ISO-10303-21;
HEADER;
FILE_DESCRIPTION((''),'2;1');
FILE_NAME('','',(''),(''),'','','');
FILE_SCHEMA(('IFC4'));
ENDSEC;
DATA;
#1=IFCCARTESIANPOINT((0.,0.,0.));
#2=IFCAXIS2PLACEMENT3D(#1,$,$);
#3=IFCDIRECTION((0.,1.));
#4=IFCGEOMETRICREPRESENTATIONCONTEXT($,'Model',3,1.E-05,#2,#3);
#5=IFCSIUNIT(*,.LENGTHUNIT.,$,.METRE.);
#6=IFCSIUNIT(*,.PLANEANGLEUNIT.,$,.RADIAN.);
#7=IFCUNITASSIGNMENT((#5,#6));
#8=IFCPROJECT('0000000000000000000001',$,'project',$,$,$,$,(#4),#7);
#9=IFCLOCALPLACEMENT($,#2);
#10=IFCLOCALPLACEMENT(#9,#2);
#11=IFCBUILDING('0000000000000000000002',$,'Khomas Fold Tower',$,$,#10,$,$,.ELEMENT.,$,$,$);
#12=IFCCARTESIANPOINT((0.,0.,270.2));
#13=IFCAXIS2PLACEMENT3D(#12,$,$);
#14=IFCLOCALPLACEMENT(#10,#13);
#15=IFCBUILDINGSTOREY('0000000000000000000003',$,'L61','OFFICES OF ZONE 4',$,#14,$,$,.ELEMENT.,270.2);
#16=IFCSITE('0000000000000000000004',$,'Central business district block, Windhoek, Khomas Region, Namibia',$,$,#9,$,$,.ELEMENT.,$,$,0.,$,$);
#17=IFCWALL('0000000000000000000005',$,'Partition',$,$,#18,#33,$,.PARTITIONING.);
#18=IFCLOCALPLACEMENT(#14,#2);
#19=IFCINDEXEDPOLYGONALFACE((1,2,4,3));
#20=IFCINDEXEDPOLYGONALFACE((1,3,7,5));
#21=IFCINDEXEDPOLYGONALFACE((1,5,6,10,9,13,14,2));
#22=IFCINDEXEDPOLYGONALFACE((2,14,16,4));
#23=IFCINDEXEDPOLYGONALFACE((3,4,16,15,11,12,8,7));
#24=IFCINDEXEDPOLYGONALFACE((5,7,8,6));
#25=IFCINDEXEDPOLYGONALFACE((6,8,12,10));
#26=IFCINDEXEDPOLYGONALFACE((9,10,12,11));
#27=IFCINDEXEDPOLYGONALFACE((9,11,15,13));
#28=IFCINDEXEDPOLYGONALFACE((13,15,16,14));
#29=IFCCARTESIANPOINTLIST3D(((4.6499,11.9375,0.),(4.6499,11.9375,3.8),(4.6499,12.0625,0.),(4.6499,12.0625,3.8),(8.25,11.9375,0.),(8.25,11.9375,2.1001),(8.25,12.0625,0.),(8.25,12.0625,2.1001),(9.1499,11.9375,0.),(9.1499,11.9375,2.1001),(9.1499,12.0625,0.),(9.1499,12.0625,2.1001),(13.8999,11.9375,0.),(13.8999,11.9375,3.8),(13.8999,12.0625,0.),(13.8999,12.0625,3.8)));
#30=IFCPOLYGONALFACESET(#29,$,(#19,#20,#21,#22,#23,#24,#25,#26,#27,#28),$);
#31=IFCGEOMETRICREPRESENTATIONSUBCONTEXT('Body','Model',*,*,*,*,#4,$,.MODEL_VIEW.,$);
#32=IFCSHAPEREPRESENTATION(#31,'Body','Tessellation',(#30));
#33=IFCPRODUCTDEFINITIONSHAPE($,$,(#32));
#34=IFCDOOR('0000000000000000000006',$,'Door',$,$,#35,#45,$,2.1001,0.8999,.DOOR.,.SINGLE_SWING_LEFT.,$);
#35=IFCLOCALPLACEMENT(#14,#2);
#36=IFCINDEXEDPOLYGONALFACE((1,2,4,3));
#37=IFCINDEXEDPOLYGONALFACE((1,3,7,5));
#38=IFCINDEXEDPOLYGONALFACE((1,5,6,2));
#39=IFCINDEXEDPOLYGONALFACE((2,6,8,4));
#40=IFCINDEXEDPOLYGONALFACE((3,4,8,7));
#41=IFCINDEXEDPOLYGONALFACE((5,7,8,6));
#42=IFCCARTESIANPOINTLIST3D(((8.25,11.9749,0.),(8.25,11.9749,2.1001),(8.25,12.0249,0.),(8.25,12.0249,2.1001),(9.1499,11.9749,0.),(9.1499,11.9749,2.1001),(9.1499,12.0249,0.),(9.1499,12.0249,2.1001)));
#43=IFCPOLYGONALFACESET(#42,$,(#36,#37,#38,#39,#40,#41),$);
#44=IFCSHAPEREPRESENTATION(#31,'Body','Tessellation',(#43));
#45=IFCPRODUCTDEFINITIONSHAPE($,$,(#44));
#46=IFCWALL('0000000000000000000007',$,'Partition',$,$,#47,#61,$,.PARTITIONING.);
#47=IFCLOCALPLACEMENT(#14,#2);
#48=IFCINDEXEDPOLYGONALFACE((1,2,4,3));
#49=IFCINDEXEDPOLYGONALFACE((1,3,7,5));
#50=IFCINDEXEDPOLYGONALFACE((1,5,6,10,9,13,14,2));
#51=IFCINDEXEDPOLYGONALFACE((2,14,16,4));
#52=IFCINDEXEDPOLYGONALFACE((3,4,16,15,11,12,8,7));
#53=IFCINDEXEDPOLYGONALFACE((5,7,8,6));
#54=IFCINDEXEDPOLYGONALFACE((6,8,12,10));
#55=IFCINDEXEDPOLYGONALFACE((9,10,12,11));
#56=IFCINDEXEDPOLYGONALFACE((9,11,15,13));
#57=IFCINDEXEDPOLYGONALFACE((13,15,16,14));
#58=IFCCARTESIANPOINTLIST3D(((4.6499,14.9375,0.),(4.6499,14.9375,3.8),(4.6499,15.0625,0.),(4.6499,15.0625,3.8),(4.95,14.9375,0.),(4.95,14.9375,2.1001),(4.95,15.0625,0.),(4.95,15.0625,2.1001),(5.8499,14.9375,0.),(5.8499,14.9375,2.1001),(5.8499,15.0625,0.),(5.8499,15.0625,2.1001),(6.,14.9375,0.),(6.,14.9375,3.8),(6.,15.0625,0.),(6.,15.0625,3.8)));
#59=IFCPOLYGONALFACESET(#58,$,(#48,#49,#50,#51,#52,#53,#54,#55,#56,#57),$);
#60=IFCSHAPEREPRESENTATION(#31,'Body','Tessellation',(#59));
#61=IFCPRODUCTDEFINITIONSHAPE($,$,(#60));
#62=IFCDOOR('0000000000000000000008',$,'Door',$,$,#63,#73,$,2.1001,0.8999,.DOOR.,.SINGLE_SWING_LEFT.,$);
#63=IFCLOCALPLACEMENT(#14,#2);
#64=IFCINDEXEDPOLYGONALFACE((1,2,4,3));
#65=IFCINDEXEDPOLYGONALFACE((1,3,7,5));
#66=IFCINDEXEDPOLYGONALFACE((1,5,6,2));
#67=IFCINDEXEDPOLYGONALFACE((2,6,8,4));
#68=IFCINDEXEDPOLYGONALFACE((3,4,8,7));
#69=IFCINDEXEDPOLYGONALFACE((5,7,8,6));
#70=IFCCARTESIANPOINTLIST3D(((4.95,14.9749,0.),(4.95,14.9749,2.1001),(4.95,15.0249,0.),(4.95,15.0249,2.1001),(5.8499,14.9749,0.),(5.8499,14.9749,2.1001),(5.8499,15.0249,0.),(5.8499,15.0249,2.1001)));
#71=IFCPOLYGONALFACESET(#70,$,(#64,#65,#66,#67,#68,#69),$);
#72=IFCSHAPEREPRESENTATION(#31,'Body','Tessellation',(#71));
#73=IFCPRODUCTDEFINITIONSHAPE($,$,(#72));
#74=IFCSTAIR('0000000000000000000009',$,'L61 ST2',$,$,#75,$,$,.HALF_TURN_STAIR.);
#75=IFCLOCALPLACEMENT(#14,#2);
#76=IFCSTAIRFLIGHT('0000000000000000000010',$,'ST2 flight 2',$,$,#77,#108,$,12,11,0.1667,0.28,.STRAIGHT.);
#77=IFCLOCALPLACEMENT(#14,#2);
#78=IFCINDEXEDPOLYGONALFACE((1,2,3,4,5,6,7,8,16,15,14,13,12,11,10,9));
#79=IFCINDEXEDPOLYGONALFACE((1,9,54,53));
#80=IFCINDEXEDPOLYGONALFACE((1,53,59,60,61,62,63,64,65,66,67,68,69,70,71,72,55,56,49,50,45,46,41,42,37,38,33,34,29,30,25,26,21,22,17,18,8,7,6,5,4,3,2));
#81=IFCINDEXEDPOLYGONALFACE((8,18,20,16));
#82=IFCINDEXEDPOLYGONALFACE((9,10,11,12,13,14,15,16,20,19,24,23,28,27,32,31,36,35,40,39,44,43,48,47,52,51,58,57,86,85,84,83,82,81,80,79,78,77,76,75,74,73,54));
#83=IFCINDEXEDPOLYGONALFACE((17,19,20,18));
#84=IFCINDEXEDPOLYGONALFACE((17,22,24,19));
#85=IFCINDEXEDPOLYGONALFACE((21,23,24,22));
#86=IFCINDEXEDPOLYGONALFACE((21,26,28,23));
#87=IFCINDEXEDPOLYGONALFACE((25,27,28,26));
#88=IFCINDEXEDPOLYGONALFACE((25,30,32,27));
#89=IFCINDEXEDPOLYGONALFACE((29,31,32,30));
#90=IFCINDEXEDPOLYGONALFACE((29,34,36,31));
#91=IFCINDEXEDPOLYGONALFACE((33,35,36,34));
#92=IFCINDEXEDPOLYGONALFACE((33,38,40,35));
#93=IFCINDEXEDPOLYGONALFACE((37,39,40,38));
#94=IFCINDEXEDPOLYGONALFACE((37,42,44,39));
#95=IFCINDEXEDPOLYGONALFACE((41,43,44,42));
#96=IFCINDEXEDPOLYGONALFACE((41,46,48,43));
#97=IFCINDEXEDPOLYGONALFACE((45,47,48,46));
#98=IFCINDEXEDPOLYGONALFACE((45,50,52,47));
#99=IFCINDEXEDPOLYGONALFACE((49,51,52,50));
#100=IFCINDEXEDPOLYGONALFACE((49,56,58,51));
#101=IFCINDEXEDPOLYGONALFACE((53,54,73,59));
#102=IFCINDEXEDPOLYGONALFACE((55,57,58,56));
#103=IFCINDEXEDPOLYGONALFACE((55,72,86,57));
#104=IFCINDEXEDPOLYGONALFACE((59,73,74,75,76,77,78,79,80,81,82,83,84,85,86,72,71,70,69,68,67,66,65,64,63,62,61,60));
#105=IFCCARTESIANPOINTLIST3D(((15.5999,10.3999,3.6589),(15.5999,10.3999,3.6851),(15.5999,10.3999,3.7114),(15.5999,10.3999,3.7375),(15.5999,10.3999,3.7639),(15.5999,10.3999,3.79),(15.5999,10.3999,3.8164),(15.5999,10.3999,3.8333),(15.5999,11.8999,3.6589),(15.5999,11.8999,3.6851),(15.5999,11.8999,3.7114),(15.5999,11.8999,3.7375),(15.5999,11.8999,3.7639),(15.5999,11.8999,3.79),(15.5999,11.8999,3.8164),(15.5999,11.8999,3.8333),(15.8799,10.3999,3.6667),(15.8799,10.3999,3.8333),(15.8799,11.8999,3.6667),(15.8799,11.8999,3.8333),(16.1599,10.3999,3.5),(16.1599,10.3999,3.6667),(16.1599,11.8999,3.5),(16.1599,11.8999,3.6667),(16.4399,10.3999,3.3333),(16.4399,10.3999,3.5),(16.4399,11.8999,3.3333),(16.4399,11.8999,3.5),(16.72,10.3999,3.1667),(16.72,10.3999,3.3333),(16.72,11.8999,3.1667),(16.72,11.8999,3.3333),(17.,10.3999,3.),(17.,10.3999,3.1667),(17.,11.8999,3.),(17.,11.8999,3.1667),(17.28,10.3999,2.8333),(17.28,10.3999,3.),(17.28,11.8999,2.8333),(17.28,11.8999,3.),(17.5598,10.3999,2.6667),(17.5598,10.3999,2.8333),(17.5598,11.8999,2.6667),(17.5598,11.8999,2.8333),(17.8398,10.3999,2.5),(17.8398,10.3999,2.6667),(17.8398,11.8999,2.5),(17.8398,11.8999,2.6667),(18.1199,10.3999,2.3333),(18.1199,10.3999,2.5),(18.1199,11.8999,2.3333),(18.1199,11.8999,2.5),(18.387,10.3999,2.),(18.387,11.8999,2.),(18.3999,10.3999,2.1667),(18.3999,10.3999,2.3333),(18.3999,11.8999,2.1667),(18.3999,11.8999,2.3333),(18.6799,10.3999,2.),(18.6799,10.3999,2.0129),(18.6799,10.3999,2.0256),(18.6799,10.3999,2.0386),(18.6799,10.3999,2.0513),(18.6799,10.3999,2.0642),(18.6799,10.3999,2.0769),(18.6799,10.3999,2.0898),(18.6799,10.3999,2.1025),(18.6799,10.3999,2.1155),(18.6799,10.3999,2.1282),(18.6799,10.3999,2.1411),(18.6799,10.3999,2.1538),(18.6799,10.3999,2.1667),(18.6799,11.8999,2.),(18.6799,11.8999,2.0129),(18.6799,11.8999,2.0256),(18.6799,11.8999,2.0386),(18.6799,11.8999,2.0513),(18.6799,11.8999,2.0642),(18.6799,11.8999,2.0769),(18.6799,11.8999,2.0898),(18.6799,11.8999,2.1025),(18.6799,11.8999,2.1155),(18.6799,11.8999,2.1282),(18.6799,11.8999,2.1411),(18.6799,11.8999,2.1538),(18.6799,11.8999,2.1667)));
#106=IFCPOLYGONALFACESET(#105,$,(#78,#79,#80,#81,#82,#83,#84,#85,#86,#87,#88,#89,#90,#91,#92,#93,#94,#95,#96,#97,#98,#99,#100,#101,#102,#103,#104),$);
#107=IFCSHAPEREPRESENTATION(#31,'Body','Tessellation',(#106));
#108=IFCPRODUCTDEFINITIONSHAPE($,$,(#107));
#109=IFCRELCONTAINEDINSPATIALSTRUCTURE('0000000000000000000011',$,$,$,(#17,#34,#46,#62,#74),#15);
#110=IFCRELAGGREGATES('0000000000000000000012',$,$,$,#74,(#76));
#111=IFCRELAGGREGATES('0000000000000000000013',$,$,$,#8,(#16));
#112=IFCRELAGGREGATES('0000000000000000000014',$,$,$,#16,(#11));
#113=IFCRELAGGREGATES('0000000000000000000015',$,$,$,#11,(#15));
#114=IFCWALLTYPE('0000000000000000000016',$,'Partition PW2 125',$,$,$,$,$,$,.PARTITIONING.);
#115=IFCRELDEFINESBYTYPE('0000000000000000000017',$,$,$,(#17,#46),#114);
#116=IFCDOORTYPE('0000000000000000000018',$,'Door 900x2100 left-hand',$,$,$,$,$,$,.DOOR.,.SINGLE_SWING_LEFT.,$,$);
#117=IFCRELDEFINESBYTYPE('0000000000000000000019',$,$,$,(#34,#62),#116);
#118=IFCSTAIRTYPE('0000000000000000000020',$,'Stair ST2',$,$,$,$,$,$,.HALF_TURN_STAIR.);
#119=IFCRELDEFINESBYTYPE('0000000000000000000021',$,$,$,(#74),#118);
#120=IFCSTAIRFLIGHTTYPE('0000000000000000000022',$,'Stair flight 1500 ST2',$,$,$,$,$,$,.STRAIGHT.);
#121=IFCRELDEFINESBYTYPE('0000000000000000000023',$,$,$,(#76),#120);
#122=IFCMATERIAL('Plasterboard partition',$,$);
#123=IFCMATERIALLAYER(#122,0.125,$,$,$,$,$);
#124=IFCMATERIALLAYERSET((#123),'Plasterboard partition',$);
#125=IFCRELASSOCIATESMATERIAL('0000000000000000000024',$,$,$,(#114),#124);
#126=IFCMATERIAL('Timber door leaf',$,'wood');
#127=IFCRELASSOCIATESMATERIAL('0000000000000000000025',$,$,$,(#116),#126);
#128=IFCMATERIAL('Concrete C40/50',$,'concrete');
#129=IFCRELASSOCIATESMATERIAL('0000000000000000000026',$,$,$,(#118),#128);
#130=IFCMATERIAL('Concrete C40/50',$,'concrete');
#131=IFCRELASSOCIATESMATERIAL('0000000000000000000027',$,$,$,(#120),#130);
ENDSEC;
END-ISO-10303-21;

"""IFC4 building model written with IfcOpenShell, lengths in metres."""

from ifc_helpers import new_model, si_unit, direction, frame, frame_2d, origin, place, context, subcontext, project, spatial, polyline, rectangle, outline, extrude, source, transform, mapped, material, layer, layer_set, type_object, element, fill, aggregate, save


model = new_model("IFC4")

# Units and contexts
model_context = context("Model", 3, precision=1e-05, world=origin(), true_north=direction((0.0, 1.0)))
body_context = subcontext(model_context, "Body", "Model", "MODEL_VIEW")
ifc_project = project(units=[si_unit("LENGTHUNIT", "METRE"), si_unit("PLANEANGLEUNIT", "RADIAN")], contexts=[model_context])

# Site, building, storey
site_placement = place(None, origin())
site = spatial("IfcSite", under=ifc_project, at=site_placement, Name="Central business district block, Windhoek, Khomas Region, Namibia", CompositionType="ELEMENT", RefElevation=0.0)
building_placement = place(site_placement, origin())
building = spatial("IfcBuilding", under=site, at=building_placement, Name="Khomas Fold Tower", CompositionType="ELEMENT")
storey_placement = place(building_placement, frame((0.0, 0.0, 270.2)))
storey = spatial("IfcBuildingStorey", under=building, at=storey_placement, Name="L61", Description="OFFICES OF ZONE 4", CompositionType="ELEMENT", Elevation=270.2)

# Walls, openings, doors
ifc_material_1 = material(Name="Plasterboard partition")
ifc_layer_1 = layer(ifc_material_1, 0.125)
ifc_layer_set_1 = layer_set([ifc_layer_1], Name="Plasterboard partition")
wall_type_1 = type_object("IfcWallType", Name="Partition PW2 125", PredefinedType="PARTITIONING", material=ifc_layer_set_1)
shared_shape_1 = source(origin(), body_context, "Body", "SweptSolid", [
    extrude(rectangle(XDim=9.25, YDim=0.125, at=frame_2d((4.625, 0.0))), origin(), (0.0, 0.0, 1.0), 3.8),
])
wall_1_placement = place(storey_placement, frame((4.6499, 12.0, 0.0), z_axis=(0.0, 0.0, 1.0), x_axis=(1.0, 0.0, 0.0)))
wall_1 = element("IfcWall", 1, at=wall_1_placement, inside=storey, type_object=wall_type_1, Name="Partition", PredefinedType="PARTITIONING", context=body_context, shape_type="MappedRepresentation", body=[
    mapped(shared_shape_1, transform((0.0, 0.0, 0.0))),
])
shared_shape_2 = source(origin(), body_context, "Body", "SweptSolid", [
    extrude(rectangle(XDim=0.8999, YDim=2.1001, at=frame_2d((0.45, 1.05))), frame((0.0, 0.0725, 0.0), z_axis=(0.0, -1.0, 0.0), x_axis=(1.0, 0.0, 0.0)), (0.0, 0.0, 1.0), 0.145),
])
opening_1_placement = place(wall_1_placement, frame((3.6001, 0.0, 0.0)))
opening_1 = element("IfcOpeningElement", 2, at=opening_1_placement, cuts=wall_1, PredefinedType="OPENING", context=body_context, shape_type="MappedRepresentation", body=[
    mapped(shared_shape_2, transform((0.0, 0.0, 0.0))),
])
ifc_material_2 = material(Name="Timber door leaf", Category="wood")
door_type_1 = type_object("IfcDoorType", Name="Door 900x2100 left-hand", OperationType="SINGLE_SWING_LEFT", PredefinedType="DOOR", material=ifc_material_2)
shared_shape_3 = source(origin(), body_context, "Body", "SweptSolid", [
    extrude(rectangle(XDim=0.8999, YDim=2.1001, at=frame_2d((0.45, 1.05))), frame((0.0, 0.0249, 0.0), z_axis=(0.0, -1.0, 0.0), x_axis=(1.0, 0.0, 0.0)), (0.0, 0.0, 1.0), 0.05),
])
door_1_placement = place(opening_1_placement, origin())
door_1 = element("IfcDoor", 3, at=door_1_placement, inside=storey, type_object=door_type_1, Name="Door", OperationType="SINGLE_SWING_LEFT", OverallHeight=2.1001, OverallWidth=0.8999, PredefinedType="DOOR", context=body_context, shape_type="MappedRepresentation", body=[
    mapped(shared_shape_3, transform((0.0, 0.0, 0.0))),
])
fill(opening_1, door_1)
shared_shape_4 = source(origin(), body_context, "Body", "SweptSolid", [
    extrude(rectangle(XDim=1.3501, YDim=0.125, at=frame_2d((0.675, 0.0))), origin(), (0.0, 0.0, 1.0), 3.8),
])
wall_2_placement = place(storey_placement, frame((4.6499, 15.0, 0.0), z_axis=(0.0, 0.0, 1.0), x_axis=(1.0, 0.0, 0.0)))
wall_2 = element("IfcWall", 4, at=wall_2_placement, inside=storey, type_object=wall_type_1, Name="Partition", PredefinedType="PARTITIONING", context=body_context, shape_type="MappedRepresentation", body=[
    mapped(shared_shape_4, transform((0.0, 0.0, 0.0))),
])
opening_2_placement = place(wall_2_placement, frame((0.3, 0.0, 0.0)))
opening_2 = element("IfcOpeningElement", 5, at=opening_2_placement, cuts=wall_2, PredefinedType="OPENING", context=body_context, shape_type="MappedRepresentation", body=[
    mapped(shared_shape_2, transform((0.0, 0.0, 0.0))),
])
door_2_placement = place(opening_2_placement, origin())
door_2 = element("IfcDoor", 6, at=door_2_placement, inside=storey, type_object=door_type_1, Name="Door", OperationType="SINGLE_SWING_LEFT", OverallHeight=2.1001, OverallWidth=0.8999, PredefinedType="DOOR", context=body_context, shape_type="MappedRepresentation", body=[
    mapped(shared_shape_3, transform((0.0, 0.0, 0.0))),
])
fill(opening_2, door_2)

# Stair, stair flight
ifc_material_3 = material(Name="Concrete C40/50", Category="concrete")
stair_type = type_object("IfcStairType", Name="Stair ST2", PredefinedType="HALF_TURN_STAIR", material=ifc_material_3)
stair_placement = place(storey_placement, origin())
stair = element("IfcStair", 7, at=stair_placement, inside=storey, type_object=stair_type, Name="L61 ST2", PredefinedType="HALF_TURN_STAIR")
ifc_material_4 = material(Name="Concrete C40/50", Category="concrete")
stair_flight_type = type_object("IfcStairFlightType", Name="Stair flight 1500 ST2", PredefinedType="STRAIGHT", material=ifc_material_4)
shared_shape_5 = source(origin(), body_context, "Body", "SweptSolid", [
    extrude(outline(polyline([(0.0, 0.0), (0.0, 0.0129), (0.0, 0.0256), (0.0, 0.0386), (0.0, 0.0513), (0.0, 0.0642), (0.0, 0.0769), (0.0, 0.0898), (0.0, 0.1025), (0.0, 0.1155), (0.0, 0.1282), (0.0, 0.1411), (0.0, 0.1538), (0.0, 0.1667), (0.28, 0.1667), (0.28, 0.3333), (0.5601, 0.3333), (0.5601, 0.5), (0.8401, 0.5), (0.8401, 0.6667), (1.1201, 0.6667), (1.1201, 0.8333), (1.3999, 0.8333), (1.3999, 1.0), (1.6799, 1.0), (1.6799, 1.1667), (1.96, 1.1667), (1.96, 1.3333), (2.24, 1.3333), (2.24, 1.5), (2.52, 1.5), (2.52, 1.6667), (2.8, 1.6667), (2.8, 1.8333), (3.0801, 1.8333), (3.0801, 2.0), (3.0801, 1.9739), (3.0801, 1.9475), (3.0801, 1.9214), (3.0801, 1.895), (3.0801, 1.8689), (3.0801, 1.8425), (3.0801, 1.8164), (3.0801, 1.79), (3.0801, 1.7639), (3.0801, 1.7375), (3.0801, 1.7114), (3.0801, 1.6851), (3.0801, 1.6589), (0.293, 0.0), (0.0, 0.0)])), frame((0.0, 0.75, 0.0), z_axis=(0.0, -1.0, 0.0), x_axis=(1.0, 0.0, 0.0)), (0.0, 0.0, 1.0), 1.5),
])
stair_flight_placement = place(storey_placement, frame((18.6799, 11.1499, 2.0), z_axis=(0.0, 0.0, 1.0), x_axis=(-1.0, 0.0, 0.0)))
stair_flight = element("IfcStairFlight", 8, at=stair_flight_placement, type_object=stair_flight_type, Name="ST2 flight 2", NumberOfRisers=12, NumberOfTreads=11, PredefinedType="STRAIGHT", RiserHeight=0.1667, TreadLength=0.28, context=body_context, shape_type="MappedRepresentation", body=[
    mapped(shared_shape_5, transform((0.0, 0.0, 0.0))),
])
aggregate(stair, [stair_flight])

save(model, "model.ifc")
